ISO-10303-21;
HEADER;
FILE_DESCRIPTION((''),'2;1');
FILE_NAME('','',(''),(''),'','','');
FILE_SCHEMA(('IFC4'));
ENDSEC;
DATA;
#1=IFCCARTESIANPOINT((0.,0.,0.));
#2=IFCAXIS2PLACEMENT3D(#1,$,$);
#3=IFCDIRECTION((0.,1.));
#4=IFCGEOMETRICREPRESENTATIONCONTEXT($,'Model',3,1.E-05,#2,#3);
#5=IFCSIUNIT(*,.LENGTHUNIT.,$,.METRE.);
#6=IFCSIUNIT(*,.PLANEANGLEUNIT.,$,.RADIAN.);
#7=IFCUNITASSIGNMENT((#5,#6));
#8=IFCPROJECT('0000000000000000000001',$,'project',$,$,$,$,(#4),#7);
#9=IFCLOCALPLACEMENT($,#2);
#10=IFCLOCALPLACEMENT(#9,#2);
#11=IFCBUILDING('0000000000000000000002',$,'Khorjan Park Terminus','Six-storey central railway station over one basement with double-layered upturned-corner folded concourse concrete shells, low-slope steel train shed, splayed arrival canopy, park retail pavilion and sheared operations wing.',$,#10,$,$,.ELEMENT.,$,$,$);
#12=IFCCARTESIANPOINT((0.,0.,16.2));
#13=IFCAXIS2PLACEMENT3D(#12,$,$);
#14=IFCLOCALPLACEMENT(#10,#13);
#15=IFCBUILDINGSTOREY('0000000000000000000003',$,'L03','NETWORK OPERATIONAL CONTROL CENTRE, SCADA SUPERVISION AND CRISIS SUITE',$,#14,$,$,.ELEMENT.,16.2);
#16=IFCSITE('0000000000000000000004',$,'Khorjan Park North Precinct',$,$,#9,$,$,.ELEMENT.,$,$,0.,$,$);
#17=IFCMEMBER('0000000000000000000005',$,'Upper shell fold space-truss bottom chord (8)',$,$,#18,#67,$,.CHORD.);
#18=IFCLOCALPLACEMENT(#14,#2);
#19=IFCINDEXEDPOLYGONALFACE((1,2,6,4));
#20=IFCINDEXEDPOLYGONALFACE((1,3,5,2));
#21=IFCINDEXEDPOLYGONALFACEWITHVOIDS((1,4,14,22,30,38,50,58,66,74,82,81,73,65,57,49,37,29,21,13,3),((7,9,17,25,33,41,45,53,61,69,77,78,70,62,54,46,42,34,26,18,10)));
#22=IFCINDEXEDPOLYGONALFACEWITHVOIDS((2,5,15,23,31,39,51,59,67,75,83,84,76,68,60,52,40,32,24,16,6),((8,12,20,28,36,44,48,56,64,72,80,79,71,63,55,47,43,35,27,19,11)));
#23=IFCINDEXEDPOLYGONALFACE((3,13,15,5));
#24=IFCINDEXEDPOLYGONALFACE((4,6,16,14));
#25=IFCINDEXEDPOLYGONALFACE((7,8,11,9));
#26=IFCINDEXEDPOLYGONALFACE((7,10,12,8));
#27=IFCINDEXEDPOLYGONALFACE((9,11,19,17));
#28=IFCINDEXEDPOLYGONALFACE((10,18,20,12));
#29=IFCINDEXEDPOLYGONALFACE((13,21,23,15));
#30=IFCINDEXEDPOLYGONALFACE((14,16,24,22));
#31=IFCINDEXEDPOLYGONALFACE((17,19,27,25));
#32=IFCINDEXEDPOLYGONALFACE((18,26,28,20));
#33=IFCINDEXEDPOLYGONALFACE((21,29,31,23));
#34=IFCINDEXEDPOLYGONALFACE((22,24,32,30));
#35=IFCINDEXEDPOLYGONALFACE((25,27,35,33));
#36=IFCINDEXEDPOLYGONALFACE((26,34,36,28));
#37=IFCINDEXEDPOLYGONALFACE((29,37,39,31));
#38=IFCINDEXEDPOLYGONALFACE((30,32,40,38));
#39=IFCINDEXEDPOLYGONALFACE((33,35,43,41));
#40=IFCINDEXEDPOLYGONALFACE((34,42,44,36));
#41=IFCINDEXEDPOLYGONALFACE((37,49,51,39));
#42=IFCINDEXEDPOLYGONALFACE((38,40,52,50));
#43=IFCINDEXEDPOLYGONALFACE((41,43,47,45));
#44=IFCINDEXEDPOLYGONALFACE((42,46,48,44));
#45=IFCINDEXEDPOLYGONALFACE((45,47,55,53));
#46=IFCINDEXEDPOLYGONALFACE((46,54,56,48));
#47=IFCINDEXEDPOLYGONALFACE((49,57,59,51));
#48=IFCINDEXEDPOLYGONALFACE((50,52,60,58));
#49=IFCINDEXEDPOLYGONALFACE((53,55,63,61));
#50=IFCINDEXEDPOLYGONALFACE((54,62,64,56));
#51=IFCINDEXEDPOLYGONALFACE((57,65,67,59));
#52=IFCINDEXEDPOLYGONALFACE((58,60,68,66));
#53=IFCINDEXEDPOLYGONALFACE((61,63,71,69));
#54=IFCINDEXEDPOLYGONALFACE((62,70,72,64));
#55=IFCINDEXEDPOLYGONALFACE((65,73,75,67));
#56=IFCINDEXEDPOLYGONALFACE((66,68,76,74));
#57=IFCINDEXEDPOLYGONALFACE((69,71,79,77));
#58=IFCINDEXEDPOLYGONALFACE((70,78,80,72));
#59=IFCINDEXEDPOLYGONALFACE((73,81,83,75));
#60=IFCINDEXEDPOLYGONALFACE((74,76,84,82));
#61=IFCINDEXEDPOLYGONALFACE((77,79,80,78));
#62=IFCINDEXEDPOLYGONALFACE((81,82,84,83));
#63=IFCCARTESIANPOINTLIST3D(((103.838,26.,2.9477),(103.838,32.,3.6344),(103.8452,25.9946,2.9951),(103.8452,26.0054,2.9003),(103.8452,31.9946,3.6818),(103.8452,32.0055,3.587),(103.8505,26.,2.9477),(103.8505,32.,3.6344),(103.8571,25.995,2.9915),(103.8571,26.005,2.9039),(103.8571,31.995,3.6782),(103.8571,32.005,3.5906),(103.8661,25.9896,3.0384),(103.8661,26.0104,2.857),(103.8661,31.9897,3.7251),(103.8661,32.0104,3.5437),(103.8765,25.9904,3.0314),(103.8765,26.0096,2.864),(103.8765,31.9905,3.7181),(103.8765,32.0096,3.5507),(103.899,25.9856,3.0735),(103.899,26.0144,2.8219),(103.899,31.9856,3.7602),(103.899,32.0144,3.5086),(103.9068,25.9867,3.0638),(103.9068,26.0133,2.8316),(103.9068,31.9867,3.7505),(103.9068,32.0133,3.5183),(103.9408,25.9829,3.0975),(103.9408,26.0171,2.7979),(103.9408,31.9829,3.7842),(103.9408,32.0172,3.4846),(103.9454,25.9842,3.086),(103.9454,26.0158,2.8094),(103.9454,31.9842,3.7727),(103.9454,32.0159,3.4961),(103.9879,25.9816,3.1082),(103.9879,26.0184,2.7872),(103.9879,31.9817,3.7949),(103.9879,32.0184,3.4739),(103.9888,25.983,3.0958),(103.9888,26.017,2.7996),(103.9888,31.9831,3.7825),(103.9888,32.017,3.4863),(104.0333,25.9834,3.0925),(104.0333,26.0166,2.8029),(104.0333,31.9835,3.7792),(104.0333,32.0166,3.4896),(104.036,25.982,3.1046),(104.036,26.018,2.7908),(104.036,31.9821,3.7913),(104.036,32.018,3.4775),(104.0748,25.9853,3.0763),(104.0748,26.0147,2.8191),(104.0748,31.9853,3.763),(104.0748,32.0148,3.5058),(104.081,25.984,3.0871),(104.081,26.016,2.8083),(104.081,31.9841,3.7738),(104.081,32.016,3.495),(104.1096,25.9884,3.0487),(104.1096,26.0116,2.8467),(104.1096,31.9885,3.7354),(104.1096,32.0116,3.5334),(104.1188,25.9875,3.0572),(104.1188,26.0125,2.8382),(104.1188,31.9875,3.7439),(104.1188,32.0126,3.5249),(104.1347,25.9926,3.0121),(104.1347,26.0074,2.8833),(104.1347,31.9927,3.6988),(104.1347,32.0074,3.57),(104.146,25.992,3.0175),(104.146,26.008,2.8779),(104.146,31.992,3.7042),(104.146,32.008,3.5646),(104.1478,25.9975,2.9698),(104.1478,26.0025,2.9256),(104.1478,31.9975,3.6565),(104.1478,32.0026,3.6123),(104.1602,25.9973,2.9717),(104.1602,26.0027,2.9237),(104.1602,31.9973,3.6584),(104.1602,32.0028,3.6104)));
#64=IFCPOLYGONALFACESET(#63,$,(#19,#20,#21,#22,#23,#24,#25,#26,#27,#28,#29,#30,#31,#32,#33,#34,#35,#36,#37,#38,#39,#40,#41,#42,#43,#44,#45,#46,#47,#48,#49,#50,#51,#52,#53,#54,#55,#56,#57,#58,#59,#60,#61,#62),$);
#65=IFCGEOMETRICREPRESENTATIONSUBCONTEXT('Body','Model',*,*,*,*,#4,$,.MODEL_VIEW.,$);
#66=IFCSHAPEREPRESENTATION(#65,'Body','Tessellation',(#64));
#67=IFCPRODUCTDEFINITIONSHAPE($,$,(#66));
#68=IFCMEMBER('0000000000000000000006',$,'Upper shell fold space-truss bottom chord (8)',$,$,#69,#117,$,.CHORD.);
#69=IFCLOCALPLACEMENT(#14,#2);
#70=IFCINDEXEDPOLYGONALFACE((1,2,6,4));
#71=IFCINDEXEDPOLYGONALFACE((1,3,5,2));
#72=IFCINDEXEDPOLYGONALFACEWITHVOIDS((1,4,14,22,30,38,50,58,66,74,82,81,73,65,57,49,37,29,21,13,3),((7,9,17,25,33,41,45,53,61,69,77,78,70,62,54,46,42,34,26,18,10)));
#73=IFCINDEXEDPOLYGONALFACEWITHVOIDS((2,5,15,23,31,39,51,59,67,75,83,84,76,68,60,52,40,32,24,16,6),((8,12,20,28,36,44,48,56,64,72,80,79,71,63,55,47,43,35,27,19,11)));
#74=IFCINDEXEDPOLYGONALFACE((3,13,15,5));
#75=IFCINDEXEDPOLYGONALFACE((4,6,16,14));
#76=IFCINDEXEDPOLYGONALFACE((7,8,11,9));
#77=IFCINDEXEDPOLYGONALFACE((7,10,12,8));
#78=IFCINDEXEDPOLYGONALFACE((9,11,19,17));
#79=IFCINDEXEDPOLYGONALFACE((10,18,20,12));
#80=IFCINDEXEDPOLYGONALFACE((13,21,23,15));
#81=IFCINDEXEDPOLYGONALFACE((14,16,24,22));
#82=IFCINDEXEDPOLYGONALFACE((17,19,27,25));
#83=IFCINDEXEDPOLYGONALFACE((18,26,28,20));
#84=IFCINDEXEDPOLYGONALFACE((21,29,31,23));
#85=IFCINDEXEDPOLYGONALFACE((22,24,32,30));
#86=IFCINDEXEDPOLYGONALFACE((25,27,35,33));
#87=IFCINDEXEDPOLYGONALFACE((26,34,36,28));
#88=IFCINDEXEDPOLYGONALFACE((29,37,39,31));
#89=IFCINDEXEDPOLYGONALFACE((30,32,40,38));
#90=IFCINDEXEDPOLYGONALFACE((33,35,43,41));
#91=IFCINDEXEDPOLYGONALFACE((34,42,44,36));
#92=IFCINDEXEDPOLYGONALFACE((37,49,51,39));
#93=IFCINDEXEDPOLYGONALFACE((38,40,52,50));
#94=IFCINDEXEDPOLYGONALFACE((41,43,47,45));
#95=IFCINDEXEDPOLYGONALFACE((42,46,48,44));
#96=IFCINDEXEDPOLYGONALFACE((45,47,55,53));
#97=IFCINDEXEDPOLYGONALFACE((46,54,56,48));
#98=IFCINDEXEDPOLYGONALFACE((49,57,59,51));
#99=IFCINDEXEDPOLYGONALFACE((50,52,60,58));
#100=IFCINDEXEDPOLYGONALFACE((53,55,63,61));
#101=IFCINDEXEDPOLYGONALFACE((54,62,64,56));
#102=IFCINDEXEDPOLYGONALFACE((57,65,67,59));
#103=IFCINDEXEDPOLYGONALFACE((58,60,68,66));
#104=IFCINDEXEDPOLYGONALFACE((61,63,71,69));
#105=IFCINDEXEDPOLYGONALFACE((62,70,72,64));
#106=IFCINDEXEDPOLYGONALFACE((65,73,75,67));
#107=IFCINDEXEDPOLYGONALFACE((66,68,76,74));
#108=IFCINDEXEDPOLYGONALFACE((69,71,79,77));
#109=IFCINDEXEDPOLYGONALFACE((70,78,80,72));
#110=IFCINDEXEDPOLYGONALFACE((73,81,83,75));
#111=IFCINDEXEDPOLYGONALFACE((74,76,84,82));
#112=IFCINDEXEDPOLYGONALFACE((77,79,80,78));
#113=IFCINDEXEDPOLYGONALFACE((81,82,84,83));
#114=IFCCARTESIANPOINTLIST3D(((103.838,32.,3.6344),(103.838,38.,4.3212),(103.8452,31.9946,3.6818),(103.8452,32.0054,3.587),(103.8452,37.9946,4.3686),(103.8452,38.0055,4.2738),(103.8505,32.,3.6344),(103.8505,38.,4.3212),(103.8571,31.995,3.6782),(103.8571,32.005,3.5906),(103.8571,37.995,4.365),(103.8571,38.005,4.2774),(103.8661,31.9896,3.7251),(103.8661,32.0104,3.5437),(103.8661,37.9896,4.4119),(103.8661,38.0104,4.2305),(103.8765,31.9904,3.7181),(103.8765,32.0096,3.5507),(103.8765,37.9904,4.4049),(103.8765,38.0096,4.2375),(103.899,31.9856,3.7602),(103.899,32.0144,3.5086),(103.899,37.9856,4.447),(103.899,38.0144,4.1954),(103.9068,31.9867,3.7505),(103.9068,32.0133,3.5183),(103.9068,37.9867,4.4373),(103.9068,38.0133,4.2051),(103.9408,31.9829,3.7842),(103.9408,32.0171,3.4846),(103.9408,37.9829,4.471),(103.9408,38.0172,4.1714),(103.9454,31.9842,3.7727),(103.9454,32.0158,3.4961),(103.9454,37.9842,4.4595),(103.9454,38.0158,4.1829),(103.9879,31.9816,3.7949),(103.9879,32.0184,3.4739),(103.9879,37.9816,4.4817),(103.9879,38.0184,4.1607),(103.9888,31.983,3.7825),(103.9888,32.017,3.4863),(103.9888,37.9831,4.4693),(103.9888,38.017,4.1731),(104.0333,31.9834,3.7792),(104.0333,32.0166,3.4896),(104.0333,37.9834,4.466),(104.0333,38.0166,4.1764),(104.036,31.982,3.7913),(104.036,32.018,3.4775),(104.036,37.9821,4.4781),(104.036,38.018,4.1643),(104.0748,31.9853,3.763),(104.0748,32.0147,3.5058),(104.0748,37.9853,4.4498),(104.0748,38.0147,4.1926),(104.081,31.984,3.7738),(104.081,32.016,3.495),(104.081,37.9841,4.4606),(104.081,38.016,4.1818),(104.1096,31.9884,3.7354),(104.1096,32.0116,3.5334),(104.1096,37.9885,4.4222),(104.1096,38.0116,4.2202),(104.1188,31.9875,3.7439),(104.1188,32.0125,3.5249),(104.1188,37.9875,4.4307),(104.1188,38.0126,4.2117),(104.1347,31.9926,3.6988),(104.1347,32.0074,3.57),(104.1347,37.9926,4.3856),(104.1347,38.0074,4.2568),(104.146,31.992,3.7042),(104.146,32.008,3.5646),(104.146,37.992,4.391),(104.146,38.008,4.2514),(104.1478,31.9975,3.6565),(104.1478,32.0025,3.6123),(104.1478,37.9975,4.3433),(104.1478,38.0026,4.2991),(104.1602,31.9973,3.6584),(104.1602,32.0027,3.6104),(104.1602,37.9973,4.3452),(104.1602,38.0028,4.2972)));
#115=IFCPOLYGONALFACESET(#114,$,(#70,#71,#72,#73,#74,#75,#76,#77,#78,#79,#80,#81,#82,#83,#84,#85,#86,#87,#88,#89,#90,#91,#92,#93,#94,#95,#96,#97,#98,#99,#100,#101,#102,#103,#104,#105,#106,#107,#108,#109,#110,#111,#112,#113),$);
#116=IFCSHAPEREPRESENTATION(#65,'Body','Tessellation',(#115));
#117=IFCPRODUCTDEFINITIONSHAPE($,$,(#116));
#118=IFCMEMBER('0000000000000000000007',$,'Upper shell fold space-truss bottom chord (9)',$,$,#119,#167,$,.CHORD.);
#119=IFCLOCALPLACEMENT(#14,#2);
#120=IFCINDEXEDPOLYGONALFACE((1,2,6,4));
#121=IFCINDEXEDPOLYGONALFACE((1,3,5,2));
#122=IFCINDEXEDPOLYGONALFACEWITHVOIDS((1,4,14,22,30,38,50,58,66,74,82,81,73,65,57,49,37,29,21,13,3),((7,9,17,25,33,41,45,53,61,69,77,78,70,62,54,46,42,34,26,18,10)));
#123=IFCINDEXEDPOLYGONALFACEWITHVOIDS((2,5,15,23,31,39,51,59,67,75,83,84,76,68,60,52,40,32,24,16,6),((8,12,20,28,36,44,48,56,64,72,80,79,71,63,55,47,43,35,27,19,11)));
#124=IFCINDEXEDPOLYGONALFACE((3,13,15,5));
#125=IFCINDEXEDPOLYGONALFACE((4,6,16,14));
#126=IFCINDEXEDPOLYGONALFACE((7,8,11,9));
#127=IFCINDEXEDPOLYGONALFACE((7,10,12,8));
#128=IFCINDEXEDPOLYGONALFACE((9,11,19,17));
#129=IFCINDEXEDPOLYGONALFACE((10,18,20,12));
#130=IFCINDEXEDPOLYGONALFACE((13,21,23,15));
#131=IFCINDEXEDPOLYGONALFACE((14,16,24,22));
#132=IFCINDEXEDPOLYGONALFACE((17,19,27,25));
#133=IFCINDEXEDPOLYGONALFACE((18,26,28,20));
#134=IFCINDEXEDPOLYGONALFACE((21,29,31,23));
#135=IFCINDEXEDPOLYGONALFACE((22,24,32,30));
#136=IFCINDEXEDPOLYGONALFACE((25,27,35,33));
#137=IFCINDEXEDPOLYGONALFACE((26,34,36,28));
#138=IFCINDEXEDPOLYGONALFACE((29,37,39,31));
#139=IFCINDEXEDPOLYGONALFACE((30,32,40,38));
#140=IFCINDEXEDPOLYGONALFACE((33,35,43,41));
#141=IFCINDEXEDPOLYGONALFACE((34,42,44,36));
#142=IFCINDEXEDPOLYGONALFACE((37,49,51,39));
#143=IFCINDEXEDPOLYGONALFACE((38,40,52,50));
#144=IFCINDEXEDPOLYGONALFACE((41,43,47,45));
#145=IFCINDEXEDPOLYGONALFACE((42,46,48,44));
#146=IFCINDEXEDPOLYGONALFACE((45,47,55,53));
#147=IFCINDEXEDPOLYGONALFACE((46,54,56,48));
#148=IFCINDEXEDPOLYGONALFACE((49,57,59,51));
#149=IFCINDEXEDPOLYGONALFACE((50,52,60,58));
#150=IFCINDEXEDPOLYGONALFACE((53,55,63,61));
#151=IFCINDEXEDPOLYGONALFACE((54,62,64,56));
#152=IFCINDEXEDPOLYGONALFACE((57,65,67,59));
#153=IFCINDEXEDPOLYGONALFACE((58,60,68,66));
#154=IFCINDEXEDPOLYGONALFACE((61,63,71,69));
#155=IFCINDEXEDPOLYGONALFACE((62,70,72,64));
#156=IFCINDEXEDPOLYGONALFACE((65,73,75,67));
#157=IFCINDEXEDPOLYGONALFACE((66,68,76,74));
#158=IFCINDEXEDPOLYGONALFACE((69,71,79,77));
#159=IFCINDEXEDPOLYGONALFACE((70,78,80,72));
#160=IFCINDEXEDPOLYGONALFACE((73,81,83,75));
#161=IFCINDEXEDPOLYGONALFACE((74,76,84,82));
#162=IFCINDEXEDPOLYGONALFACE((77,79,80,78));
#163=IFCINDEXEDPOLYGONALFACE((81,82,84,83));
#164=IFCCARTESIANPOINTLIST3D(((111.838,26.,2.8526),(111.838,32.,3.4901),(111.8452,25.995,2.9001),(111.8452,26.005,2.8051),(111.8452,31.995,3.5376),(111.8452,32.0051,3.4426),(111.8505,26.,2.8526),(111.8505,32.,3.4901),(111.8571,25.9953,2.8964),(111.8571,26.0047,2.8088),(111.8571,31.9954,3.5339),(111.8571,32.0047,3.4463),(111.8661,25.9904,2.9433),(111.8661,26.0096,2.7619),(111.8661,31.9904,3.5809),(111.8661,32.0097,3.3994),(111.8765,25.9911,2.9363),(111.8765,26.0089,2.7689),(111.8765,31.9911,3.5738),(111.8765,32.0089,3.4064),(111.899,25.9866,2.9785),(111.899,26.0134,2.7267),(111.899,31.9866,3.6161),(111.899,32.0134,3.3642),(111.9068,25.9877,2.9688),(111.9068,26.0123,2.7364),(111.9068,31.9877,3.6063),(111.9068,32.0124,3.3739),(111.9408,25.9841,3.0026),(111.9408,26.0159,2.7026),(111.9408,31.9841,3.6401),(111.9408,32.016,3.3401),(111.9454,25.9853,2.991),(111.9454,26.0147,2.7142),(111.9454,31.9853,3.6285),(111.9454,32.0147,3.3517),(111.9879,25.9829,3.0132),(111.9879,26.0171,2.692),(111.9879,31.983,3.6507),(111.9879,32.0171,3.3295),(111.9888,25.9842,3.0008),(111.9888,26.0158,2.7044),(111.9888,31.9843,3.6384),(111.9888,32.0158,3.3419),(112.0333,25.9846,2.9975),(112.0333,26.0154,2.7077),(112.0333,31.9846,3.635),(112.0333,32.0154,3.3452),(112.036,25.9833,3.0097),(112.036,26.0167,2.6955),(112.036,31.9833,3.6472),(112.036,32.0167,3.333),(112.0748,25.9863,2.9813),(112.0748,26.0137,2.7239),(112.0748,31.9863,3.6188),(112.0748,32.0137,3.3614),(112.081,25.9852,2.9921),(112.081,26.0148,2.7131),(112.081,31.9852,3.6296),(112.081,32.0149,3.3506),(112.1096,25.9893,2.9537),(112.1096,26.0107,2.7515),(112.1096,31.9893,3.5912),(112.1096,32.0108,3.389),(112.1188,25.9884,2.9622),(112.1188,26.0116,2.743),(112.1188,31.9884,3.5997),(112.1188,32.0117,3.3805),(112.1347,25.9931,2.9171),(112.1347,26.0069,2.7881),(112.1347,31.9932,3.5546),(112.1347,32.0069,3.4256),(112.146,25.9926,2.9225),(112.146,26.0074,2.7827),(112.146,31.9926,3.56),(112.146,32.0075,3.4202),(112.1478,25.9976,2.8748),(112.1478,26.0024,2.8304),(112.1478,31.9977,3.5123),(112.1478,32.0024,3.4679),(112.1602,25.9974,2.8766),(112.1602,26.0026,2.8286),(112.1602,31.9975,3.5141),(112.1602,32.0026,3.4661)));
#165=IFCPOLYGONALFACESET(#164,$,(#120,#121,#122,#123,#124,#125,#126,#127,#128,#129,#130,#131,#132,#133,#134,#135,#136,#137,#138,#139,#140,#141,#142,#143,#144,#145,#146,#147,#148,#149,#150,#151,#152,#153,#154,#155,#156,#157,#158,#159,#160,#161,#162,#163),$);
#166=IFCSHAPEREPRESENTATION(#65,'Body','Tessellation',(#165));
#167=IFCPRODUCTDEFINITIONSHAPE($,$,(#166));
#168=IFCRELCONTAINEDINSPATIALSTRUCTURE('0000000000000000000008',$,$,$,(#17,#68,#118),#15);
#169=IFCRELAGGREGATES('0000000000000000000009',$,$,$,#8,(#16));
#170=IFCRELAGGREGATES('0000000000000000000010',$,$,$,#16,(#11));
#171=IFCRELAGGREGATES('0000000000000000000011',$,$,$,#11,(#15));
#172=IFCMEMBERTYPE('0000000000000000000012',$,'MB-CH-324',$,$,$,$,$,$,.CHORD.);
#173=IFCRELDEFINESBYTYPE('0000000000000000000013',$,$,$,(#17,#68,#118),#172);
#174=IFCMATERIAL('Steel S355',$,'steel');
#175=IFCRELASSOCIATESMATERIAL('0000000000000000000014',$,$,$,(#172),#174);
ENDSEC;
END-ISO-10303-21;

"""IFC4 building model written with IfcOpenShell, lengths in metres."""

from ifc_helpers import new_model, si_unit, direction, frame, origin, origin_2d, place, context, subcontext, project, spatial, hollow_circle, extrude, material, material_profile, profile_set, type_object, element, save


model = new_model("IFC4")

# Units and contexts
model_context = context("Model", 3, precision=1e-05, world=origin(), true_north=direction((0.0, 1.0)))
body_context = subcontext(model_context, "Body", "Model", "MODEL_VIEW")
ifc_project = project(units=[si_unit("LENGTHUNIT", "METRE"), si_unit("PLANEANGLEUNIT", "RADIAN")], contexts=[model_context])

# Site, building, storey
site_placement = place(None, origin())
site = spatial("IfcSite", under=ifc_project, at=site_placement, Name="Khorjan Park North Precinct", CompositionType="ELEMENT", RefElevation=0.0)
building_placement = place(site_placement, origin())
building = spatial("IfcBuilding", under=site, at=building_placement, Name="Khorjan Park Terminus", Description="Six-storey central railway station over one basement with double-layered upturned-corner folded concourse concrete shells, low-slope steel train shed, splayed arrival canopy, park retail pavilion and sheared operations wing.", CompositionType="ELEMENT")
storey_placement = place(building_placement, frame((0.0, 0.0, 16.2)))
storey = spatial("IfcBuildingStorey", under=building, at=storey_placement, Name="L03", Description="NETWORK OPERATIONAL CONTROL CENTRE, SCADA SUPERVISION AND CRISIS SUITE", CompositionType="ELEMENT", Elevation=16.2)

# Members
ifc_material_1 = material(Name="Steel S355", Category="steel")
ifc_material_profile_1 = material_profile(ifc_material_1, hollow_circle(Radius=0.162, WallThickness=0.0125, at=origin_2d()), Name="CHS 323.9x12.5")
ifc_profile_set_1 = profile_set([ifc_material_profile_1], Name="Steel S355")
member_type_1 = type_object("IfcMemberType", Name="MB-CH-324", PredefinedType="CHORD", material=ifc_profile_set_1)
for number, where, z_axis, x_axis, name in (
    (1, (104.0, 26.0, 2.9477), (0.0, 0.993514, 0.113708), (-1.0, 0.0, 0.0), "Upper shell fold space-truss bottom chord (8)"),
    (2, (104.0, 32.0, 3.6344), (0.0, 0.993512, 0.113724), (-1.0, 0.0, 0.0), "Upper shell fold space-truss bottom chord (8)"),
):
    element("IfcMember", number, at=place(storey_placement, frame(where, z_axis=z_axis, x_axis=x_axis)), inside=storey, type_object=member_type_1, Name=name, PredefinedType="CHORD", context=body_context, shape_type="SweptSolid", body=[
        extrude(hollow_circle(Radius=0.162, WallThickness=0.0125, at=origin_2d()), origin(), (0.0, 0.0, 1.0), 6.0392),
    ])
member_1_placement = place(storey_placement, frame((112.0, 26.0, 2.8526), z_axis=(0.0, 0.994403, 0.105655), x_axis=(-1.0, 0.0, 0.0)))
element("IfcMember", 3, at=member_1_placement, inside=storey, type_object=member_type_1, Name="Upper shell fold space-truss bottom chord (9)", PredefinedType="CHORD", context=body_context, shape_type="SweptSolid", body=[
    extrude(hollow_circle(Radius=0.162, WallThickness=0.0125, at=origin_2d()), origin(), (0.0, 0.0, 1.0), 6.0338),
])

save(model, "model.ifc")
